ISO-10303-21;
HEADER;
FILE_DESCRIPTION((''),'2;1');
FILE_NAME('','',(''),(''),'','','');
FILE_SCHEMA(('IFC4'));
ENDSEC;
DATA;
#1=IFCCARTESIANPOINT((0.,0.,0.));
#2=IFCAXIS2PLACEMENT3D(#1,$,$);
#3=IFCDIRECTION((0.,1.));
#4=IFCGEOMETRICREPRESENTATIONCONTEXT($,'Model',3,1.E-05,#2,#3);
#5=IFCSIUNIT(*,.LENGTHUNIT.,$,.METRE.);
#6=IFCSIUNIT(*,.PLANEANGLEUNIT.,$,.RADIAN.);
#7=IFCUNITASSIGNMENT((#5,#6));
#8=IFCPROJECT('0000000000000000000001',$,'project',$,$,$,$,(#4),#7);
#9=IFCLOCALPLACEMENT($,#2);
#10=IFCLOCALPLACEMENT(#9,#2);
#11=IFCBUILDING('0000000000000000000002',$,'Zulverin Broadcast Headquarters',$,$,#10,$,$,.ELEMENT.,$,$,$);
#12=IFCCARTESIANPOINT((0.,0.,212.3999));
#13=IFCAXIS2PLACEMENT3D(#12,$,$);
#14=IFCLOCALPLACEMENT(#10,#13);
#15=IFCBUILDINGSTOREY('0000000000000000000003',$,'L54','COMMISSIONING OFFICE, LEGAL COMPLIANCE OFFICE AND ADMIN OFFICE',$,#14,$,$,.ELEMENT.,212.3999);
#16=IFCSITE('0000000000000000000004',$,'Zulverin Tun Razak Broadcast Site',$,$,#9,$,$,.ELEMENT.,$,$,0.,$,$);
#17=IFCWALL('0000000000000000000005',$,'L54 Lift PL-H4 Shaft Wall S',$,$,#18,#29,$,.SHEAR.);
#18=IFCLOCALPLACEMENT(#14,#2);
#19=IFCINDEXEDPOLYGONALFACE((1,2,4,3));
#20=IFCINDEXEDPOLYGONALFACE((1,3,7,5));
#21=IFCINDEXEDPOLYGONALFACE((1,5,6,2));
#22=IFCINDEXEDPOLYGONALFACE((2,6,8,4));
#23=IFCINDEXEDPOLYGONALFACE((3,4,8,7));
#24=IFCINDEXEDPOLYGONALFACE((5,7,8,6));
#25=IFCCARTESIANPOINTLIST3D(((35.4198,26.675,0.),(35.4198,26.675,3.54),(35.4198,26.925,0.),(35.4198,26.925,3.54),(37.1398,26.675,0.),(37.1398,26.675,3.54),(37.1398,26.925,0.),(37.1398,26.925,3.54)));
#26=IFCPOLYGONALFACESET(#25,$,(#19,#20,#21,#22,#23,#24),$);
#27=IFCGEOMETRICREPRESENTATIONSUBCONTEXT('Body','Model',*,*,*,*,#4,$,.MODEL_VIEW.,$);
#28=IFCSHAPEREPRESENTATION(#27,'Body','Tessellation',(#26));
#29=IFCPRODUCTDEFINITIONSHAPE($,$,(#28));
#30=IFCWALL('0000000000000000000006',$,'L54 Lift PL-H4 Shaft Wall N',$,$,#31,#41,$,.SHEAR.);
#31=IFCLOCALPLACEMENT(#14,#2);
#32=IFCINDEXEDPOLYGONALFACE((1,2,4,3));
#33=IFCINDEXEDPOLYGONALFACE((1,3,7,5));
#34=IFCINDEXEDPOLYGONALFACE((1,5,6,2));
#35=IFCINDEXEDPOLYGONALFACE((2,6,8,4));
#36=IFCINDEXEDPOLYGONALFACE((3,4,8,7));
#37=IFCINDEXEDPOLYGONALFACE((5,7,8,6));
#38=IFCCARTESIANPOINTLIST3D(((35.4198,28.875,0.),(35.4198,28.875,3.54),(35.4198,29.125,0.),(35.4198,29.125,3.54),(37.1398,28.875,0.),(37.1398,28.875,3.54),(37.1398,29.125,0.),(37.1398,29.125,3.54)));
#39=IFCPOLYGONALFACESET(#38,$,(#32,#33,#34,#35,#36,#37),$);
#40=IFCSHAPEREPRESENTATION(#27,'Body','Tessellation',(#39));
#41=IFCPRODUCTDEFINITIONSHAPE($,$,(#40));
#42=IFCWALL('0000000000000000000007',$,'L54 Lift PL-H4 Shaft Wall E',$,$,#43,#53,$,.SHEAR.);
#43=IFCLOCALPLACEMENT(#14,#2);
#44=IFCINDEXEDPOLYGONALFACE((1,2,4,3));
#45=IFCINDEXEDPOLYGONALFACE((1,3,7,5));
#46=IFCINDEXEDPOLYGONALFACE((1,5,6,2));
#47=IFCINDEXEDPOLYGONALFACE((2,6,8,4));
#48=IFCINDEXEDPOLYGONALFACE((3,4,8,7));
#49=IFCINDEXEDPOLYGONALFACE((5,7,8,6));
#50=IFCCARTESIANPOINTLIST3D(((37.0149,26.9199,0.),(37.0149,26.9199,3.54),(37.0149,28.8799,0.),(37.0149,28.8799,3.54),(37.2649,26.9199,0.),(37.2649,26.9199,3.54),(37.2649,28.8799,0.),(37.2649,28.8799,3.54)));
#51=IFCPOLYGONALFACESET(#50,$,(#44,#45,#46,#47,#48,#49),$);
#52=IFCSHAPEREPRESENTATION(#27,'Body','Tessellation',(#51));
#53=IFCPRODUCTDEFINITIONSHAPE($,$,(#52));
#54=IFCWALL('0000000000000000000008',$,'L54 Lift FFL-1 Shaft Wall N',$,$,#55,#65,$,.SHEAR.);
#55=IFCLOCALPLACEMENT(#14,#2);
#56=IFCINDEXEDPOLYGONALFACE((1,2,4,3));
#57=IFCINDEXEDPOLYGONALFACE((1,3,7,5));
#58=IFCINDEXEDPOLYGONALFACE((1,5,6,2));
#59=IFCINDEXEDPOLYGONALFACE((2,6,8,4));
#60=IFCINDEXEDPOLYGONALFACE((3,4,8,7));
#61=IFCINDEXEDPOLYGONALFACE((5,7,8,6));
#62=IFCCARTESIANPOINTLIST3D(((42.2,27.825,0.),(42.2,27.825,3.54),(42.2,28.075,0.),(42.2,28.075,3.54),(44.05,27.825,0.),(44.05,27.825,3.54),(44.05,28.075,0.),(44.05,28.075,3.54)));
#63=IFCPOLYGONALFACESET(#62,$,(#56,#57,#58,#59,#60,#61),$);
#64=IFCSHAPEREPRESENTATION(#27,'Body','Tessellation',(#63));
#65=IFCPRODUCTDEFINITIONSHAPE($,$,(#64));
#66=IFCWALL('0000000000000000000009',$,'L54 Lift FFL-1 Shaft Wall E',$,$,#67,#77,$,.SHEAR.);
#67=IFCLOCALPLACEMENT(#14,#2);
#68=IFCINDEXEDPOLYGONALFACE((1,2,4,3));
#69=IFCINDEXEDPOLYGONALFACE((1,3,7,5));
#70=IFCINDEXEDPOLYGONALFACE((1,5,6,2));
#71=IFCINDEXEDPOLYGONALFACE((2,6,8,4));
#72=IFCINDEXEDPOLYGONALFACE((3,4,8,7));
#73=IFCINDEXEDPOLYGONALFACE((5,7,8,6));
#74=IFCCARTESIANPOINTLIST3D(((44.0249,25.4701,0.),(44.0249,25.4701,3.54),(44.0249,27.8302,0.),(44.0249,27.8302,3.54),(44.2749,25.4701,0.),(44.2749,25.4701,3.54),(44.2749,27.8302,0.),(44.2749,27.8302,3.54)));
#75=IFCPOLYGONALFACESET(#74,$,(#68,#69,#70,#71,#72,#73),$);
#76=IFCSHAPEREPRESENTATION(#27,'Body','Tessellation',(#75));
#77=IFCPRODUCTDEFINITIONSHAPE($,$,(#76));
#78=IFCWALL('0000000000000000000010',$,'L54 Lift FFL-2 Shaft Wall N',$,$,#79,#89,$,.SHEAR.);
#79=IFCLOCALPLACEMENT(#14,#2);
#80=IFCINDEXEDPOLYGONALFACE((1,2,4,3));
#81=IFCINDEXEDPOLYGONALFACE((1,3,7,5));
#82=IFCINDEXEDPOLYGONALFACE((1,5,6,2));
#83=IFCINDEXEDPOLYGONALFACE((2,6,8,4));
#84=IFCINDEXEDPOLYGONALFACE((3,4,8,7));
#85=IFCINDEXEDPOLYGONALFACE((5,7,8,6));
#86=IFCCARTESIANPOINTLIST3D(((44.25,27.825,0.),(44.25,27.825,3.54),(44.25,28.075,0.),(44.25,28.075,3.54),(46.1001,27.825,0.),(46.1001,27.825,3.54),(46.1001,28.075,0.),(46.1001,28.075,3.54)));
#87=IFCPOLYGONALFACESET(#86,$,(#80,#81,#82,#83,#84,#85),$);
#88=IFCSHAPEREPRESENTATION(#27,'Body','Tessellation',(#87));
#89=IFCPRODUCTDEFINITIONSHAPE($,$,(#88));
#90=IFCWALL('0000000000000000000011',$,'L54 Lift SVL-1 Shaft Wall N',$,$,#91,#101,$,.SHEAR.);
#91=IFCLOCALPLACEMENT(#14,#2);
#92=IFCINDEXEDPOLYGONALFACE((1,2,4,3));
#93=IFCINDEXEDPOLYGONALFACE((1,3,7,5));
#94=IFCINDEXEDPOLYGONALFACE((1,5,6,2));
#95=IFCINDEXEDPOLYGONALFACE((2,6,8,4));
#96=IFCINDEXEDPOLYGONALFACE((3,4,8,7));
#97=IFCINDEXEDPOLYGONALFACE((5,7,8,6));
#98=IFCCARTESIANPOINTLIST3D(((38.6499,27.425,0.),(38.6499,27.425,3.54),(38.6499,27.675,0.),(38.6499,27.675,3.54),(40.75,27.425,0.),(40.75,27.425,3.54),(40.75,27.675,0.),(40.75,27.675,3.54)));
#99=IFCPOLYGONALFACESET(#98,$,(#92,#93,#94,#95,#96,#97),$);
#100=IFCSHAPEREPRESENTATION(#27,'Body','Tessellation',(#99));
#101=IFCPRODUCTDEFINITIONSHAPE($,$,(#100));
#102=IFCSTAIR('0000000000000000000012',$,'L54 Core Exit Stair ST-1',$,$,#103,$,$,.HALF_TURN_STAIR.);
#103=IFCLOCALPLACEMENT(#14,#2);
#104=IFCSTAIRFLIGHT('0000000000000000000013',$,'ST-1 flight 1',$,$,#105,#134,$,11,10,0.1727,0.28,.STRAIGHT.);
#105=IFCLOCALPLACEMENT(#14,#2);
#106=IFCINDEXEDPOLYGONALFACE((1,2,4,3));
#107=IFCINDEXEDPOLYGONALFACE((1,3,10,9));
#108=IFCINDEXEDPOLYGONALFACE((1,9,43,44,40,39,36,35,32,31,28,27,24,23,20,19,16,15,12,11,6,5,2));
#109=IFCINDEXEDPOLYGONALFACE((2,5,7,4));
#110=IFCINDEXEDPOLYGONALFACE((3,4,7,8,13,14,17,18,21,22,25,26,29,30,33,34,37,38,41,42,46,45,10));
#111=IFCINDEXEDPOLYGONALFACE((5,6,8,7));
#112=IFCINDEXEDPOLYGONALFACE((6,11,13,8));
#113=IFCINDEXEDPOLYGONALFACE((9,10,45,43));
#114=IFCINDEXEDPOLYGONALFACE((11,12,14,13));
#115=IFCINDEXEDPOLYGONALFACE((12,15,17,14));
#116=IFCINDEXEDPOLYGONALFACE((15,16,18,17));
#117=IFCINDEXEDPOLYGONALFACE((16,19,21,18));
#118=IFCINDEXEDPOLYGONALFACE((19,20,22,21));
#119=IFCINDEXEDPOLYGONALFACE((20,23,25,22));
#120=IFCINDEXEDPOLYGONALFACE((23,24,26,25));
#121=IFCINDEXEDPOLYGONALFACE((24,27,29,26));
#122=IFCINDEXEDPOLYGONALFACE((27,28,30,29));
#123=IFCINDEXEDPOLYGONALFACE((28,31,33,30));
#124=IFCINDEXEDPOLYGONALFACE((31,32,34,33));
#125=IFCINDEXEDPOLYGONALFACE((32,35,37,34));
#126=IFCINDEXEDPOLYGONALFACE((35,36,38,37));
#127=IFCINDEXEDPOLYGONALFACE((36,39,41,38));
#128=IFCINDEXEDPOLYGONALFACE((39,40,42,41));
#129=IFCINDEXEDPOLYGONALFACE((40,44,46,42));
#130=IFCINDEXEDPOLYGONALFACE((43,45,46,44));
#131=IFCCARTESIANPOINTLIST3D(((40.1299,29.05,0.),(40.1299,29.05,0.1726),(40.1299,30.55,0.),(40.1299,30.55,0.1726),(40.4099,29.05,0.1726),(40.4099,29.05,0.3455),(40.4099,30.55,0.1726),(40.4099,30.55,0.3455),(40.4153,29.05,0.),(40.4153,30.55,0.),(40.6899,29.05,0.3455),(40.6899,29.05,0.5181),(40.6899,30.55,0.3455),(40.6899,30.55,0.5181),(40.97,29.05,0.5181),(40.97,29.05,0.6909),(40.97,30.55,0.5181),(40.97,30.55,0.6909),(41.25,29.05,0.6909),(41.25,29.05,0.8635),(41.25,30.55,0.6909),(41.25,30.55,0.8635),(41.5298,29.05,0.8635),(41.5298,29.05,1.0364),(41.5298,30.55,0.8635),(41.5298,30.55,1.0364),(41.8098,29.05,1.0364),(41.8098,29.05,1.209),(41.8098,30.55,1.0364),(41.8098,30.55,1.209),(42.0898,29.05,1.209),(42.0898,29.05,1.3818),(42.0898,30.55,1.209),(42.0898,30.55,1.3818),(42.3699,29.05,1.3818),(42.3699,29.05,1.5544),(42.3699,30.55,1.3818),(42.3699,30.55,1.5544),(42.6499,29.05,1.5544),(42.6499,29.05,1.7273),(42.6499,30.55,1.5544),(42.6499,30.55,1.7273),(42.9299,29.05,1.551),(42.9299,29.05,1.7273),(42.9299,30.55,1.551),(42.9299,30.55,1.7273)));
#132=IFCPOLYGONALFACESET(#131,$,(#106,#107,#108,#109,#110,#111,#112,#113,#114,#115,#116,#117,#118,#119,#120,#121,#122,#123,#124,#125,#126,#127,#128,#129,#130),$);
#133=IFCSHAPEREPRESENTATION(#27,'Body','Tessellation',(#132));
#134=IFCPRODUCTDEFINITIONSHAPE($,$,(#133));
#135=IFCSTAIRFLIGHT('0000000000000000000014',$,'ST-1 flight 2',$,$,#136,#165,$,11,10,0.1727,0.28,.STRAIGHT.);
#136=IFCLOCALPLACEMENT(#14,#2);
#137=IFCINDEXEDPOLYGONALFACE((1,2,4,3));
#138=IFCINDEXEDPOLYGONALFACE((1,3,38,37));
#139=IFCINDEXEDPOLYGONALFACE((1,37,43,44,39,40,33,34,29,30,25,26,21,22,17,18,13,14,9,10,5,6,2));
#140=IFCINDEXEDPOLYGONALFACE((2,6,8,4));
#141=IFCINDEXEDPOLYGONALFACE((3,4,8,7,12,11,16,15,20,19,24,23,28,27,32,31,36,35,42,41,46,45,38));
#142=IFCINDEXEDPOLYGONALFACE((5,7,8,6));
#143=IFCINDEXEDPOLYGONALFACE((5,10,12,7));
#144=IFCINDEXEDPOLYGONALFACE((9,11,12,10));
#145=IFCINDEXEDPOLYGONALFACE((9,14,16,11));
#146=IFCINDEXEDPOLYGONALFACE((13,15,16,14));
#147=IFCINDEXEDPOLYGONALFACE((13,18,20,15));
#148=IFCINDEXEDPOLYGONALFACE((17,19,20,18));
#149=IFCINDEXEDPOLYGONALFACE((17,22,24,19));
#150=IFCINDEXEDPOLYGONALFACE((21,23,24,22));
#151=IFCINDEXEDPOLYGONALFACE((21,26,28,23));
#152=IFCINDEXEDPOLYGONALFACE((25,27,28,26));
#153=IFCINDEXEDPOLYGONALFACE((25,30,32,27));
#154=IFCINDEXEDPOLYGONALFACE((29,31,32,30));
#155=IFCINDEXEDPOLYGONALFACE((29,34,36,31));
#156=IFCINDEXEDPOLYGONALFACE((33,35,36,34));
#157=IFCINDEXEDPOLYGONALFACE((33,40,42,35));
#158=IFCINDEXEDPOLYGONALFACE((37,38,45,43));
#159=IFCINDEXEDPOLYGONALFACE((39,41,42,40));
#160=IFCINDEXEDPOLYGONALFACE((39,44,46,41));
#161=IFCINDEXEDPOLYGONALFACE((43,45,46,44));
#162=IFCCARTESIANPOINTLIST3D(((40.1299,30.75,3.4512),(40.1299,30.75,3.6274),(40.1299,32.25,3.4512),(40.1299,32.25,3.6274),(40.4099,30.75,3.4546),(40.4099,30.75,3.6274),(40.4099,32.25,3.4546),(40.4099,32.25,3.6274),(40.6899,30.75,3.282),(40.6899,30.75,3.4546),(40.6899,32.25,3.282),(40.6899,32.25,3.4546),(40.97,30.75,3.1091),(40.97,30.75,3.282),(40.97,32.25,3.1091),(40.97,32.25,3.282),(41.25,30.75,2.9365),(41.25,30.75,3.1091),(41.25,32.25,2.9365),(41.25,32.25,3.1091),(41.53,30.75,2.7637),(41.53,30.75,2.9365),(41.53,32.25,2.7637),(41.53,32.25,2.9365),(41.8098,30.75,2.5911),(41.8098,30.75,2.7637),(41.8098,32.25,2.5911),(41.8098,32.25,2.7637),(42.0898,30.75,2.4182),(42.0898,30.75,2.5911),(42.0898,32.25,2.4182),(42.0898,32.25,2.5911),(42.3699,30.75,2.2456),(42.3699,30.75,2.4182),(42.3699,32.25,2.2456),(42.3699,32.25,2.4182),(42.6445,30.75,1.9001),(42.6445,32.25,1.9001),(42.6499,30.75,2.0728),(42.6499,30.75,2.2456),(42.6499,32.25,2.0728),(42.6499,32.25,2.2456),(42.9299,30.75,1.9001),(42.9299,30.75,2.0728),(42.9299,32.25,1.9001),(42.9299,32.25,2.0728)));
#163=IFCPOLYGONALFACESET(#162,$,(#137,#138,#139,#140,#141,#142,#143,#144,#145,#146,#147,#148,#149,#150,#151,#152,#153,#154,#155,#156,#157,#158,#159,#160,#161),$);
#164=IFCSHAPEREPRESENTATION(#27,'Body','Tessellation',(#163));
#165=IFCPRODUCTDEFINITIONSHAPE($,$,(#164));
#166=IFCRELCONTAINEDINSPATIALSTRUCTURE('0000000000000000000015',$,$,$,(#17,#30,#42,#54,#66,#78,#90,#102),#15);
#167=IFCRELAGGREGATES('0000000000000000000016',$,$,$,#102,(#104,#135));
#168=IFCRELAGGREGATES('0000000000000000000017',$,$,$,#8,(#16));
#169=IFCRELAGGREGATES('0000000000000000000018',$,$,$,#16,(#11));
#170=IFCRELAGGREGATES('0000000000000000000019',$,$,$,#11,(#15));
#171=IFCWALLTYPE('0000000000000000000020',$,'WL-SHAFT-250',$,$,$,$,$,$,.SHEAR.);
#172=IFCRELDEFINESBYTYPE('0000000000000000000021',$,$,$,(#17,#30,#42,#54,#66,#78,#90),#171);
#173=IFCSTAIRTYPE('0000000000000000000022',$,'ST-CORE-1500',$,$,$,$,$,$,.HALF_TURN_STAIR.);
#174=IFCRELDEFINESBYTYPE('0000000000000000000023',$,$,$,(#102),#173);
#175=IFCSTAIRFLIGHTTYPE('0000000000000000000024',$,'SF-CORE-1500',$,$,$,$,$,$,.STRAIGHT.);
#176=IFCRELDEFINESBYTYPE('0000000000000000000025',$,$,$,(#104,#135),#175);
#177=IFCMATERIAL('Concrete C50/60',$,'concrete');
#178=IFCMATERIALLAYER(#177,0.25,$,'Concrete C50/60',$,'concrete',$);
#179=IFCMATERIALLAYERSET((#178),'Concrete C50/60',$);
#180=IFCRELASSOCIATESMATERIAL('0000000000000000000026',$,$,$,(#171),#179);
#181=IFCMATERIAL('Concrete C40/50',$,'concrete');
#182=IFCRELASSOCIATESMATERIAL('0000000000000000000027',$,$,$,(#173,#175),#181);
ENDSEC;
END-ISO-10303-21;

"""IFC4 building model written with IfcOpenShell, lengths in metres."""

from ifc_helpers import new_model, si_unit, direction, frame, frame_2d, origin, place, context, subcontext, project, spatial, polyline, rectangle, outline, extrude, material, layer, layer_set, type_object, element, aggregate, save


model = new_model("IFC4")

# Units and contexts
model_context = context("Model", 3, precision=1e-05, world=origin(), true_north=direction((0.0, 1.0)))
body_context = subcontext(model_context, "Body", "Model", "MODEL_VIEW")
ifc_project = project(units=[si_unit("LENGTHUNIT", "METRE"), si_unit("PLANEANGLEUNIT", "RADIAN")], contexts=[model_context])

# Site, building, storey
site_placement = place(None, origin())
site = spatial("IfcSite", under=ifc_project, at=site_placement, Name="Zulverin Tun Razak Broadcast Site", CompositionType="ELEMENT", RefElevation=0.0)
building_placement = place(site_placement, origin())
building = spatial("IfcBuilding", under=site, at=building_placement, Name="Zulverin Broadcast Headquarters", CompositionType="ELEMENT")
storey_placement = place(building_placement, frame((0.0, 0.0, 212.3999)))
storey = spatial("IfcBuildingStorey", under=building, at=storey_placement, Name="L54", Description="COMMISSIONING OFFICE, LEGAL COMPLIANCE OFFICE AND ADMIN OFFICE", CompositionType="ELEMENT", Elevation=212.3999)

# Shared definitions
ifc_material_1 = material(Name="Concrete C50/60", Category="concrete")

# Shared definitions
ifc_material_2 = material(Name="Concrete C40/50", Category="concrete")

# Shared definitions
ifc_layer_1 = layer(ifc_material_1, 0.25, Name="Concrete C50/60", Category="concrete")
ifc_layer_set_1 = layer_set([ifc_layer_1], Name="Concrete C50/60")
wall_type_1 = type_object("IfcWallType", Name="WL-SHAFT-250", PredefinedType="SHEAR", material=ifc_layer_set_1)

# Walls
for number, where, z_axis, x_axis, name in (
    (1, (35.4199, 26.8, 0.0), (0.0, 0.0, 1.0), (1.0, 0.0, 0.0), "L54 Lift PL-H4 Shaft Wall S"),
    (2, (35.4199, 29.0, 0.0), (0.0, 0.0, 1.0), (1.0, 0.0, 0.0), "L54 Lift PL-H4 Shaft Wall N"),
):
    element("IfcWall", number, at=place(storey_placement, frame(where, z_axis=z_axis, x_axis=x_axis)), inside=storey, type_object=wall_type_1, Name=name, PredefinedType="SHEAR", context=body_context, shape_type="SweptSolid", body=[
        extrude(rectangle(XDim=1.72, YDim=0.25, at=frame_2d((0.8599, 0.0))), origin(), (0.0, 0.0, 1.0), 3.54),
    ])
wall_1_placement = place(storey_placement, frame((37.1399, 26.9199, 0.0), z_axis=(0.0, 0.0, 1.0), x_axis=(0.0, 1.0, 0.0)))
element("IfcWall", 3, at=wall_1_placement, inside=storey, type_object=wall_type_1, Name="L54 Lift PL-H4 Shaft Wall E", PredefinedType="SHEAR", context=body_context, shape_type="SweptSolid", body=[
    extrude(rectangle(XDim=1.96, YDim=0.25, at=frame_2d((0.98, 0.0))), origin(), (0.0, 0.0, 1.0), 3.54),
])
wall_2_placement = place(storey_placement, frame((42.2, 27.95, 0.0), z_axis=(0.0, 0.0, 1.0), x_axis=(1.0, 0.0, 0.0)))
element("IfcWall", 4, at=wall_2_placement, inside=storey, type_object=wall_type_1, Name="L54 Lift FFL-1 Shaft Wall N", PredefinedType="SHEAR", context=body_context, shape_type="SweptSolid", body=[
    extrude(rectangle(XDim=1.8501, YDim=0.25, at=frame_2d((0.925, 0.0))), origin(), (0.0, 0.0, 1.0), 3.54),
])
wall_3_placement = place(storey_placement, frame((44.1499, 25.47, 0.0), z_axis=(0.0, 0.0, 1.0), x_axis=(0.0, 1.0, 0.0)))
element("IfcWall", 5, at=wall_3_placement, inside=storey, type_object=wall_type_1, Name="L54 Lift FFL-1 Shaft Wall E", PredefinedType="SHEAR", context=body_context, shape_type="SweptSolid", body=[
    extrude(rectangle(XDim=2.3601, YDim=0.25, at=frame_2d((1.1802, 0.0))), origin(), (0.0, 0.0, 1.0), 3.54),
])
wall_4_placement = place(storey_placement, frame((44.25, 27.95, 0.0), z_axis=(0.0, 0.0, 1.0), x_axis=(1.0, 0.0, 0.0)))
element("IfcWall", 6, at=wall_4_placement, inside=storey, type_object=wall_type_1, Name="L54 Lift FFL-2 Shaft Wall N", PredefinedType="SHEAR", context=body_context, shape_type="SweptSolid", body=[
    extrude(rectangle(XDim=1.8501, YDim=0.25, at=frame_2d((0.925, 0.0))), origin(), (0.0, 0.0, 1.0), 3.54),
])
wall_5_placement = place(storey_placement, frame((38.6499, 27.55, 0.0), z_axis=(0.0, 0.0, 1.0), x_axis=(1.0, 0.0, 0.0)))
element("IfcWall", 7, at=wall_5_placement, inside=storey, type_object=wall_type_1, Name="L54 Lift SVL-1 Shaft Wall N", PredefinedType="SHEAR", context=body_context, shape_type="SweptSolid", body=[
    extrude(rectangle(XDim=2.1001, YDim=0.25, at=frame_2d((1.05, 0.0))), origin(), (0.0, 0.0, 1.0), 3.54),
])

# Stair, stair flights
stair_type = type_object("IfcStairType", Name="ST-CORE-1500", PredefinedType="HALF_TURN_STAIR", material=ifc_material_2)
stair_placement = place(storey_placement, origin())
stair = element("IfcStair", 8, at=stair_placement, inside=storey, type_object=stair_type, Name="L54 Core Exit Stair ST-1", PredefinedType="HALF_TURN_STAIR")
stair_flight_type = type_object("IfcStairFlightType", Name="SF-CORE-1500", PredefinedType="STRAIGHT", material=ifc_material_2)
stair_flight_1_placement = place(storey_placement, frame((40.1299, 29.8, 0.0), z_axis=(0.0, 0.0, 1.0), x_axis=(1.0, 0.0, 0.0)))
stair_flight_1 = element("IfcStairFlight", 9, at=stair_flight_1_placement, type_object=stair_flight_type, Name="ST-1 flight 1", NumberOfRisers=11, NumberOfTreads=10, PredefinedType="STRAIGHT", RiserHeight=0.1727, TreadLength=0.28, context=body_context, shape_type="SweptSolid", body=[
    extrude(outline(polyline([(0.0, 0.0), (0.0, 0.1726), (0.28, 0.1726), (0.28, 0.3455), (0.5601, 0.3455), (0.5601, 0.5181), (0.8401, 0.5181), (0.8401, 0.6909), (1.1201, 0.6909), (1.1201, 0.8635), (1.3999, 0.8635), (1.3999, 1.0364), (1.6799, 1.0364), (1.6799, 1.209), (1.96, 1.209), (1.96, 1.3818), (2.24, 1.3818), (2.24, 1.5544), (2.52, 1.5544), (2.52, 1.7273), (2.8, 1.7273), (2.8, 1.8999), (2.8, 1.551), (0.2854, 0.0), (0.0, 0.0)])), frame((0.0, 0.75, 0.0), z_axis=(0.0, -1.0, 0.0), x_axis=(1.0, 0.0, 0.0)), (0.0, 0.0, 1.0), 1.5),
])
stair_flight_2_placement = place(storey_placement, frame((42.9299, 31.5, 1.9001), z_axis=(0.0, 0.0, 1.0), x_axis=(-1.0, 0.0, 0.0)))
stair_flight_2 = element("IfcStairFlight", 10, at=stair_flight_2_placement, type_object=stair_flight_type, Name="ST-1 flight 2", NumberOfRisers=11, NumberOfTreads=10, PredefinedType="STRAIGHT", RiserHeight=0.1727, TreadLength=0.28, context=body_context, shape_type="SweptSolid", body=[
    extrude(outline(polyline([(0.0, 0.0), (0.0, 0.1726), (0.28, 0.1726), (0.28, 0.3455), (0.5601, 0.3455), (0.5601, 0.5181), (0.8401, 0.5181), (0.8401, 0.6909), (1.1201, 0.6909), (1.1201, 0.8635), (1.3999, 0.8635), (1.3999, 1.0364), (1.6799, 1.0364), (1.6799, 1.209), (1.96, 1.209), (1.96, 1.3818), (2.24, 1.3818), (2.24, 1.5544), (2.52, 1.5544), (2.52, 1.7273), (2.8, 1.7273), (2.8, 1.8999), (2.8, 1.551), (0.2854, 0.0), (0.0, 0.0)])), frame((0.0, 0.75, 0.0), z_axis=(0.0, -1.0, 0.0), x_axis=(1.0, 0.0, 0.0)), (0.0, 0.0, 1.0), 1.5),
])
aggregate(stair, [stair_flight_1, stair_flight_2])

save(model, "model.ifc")
